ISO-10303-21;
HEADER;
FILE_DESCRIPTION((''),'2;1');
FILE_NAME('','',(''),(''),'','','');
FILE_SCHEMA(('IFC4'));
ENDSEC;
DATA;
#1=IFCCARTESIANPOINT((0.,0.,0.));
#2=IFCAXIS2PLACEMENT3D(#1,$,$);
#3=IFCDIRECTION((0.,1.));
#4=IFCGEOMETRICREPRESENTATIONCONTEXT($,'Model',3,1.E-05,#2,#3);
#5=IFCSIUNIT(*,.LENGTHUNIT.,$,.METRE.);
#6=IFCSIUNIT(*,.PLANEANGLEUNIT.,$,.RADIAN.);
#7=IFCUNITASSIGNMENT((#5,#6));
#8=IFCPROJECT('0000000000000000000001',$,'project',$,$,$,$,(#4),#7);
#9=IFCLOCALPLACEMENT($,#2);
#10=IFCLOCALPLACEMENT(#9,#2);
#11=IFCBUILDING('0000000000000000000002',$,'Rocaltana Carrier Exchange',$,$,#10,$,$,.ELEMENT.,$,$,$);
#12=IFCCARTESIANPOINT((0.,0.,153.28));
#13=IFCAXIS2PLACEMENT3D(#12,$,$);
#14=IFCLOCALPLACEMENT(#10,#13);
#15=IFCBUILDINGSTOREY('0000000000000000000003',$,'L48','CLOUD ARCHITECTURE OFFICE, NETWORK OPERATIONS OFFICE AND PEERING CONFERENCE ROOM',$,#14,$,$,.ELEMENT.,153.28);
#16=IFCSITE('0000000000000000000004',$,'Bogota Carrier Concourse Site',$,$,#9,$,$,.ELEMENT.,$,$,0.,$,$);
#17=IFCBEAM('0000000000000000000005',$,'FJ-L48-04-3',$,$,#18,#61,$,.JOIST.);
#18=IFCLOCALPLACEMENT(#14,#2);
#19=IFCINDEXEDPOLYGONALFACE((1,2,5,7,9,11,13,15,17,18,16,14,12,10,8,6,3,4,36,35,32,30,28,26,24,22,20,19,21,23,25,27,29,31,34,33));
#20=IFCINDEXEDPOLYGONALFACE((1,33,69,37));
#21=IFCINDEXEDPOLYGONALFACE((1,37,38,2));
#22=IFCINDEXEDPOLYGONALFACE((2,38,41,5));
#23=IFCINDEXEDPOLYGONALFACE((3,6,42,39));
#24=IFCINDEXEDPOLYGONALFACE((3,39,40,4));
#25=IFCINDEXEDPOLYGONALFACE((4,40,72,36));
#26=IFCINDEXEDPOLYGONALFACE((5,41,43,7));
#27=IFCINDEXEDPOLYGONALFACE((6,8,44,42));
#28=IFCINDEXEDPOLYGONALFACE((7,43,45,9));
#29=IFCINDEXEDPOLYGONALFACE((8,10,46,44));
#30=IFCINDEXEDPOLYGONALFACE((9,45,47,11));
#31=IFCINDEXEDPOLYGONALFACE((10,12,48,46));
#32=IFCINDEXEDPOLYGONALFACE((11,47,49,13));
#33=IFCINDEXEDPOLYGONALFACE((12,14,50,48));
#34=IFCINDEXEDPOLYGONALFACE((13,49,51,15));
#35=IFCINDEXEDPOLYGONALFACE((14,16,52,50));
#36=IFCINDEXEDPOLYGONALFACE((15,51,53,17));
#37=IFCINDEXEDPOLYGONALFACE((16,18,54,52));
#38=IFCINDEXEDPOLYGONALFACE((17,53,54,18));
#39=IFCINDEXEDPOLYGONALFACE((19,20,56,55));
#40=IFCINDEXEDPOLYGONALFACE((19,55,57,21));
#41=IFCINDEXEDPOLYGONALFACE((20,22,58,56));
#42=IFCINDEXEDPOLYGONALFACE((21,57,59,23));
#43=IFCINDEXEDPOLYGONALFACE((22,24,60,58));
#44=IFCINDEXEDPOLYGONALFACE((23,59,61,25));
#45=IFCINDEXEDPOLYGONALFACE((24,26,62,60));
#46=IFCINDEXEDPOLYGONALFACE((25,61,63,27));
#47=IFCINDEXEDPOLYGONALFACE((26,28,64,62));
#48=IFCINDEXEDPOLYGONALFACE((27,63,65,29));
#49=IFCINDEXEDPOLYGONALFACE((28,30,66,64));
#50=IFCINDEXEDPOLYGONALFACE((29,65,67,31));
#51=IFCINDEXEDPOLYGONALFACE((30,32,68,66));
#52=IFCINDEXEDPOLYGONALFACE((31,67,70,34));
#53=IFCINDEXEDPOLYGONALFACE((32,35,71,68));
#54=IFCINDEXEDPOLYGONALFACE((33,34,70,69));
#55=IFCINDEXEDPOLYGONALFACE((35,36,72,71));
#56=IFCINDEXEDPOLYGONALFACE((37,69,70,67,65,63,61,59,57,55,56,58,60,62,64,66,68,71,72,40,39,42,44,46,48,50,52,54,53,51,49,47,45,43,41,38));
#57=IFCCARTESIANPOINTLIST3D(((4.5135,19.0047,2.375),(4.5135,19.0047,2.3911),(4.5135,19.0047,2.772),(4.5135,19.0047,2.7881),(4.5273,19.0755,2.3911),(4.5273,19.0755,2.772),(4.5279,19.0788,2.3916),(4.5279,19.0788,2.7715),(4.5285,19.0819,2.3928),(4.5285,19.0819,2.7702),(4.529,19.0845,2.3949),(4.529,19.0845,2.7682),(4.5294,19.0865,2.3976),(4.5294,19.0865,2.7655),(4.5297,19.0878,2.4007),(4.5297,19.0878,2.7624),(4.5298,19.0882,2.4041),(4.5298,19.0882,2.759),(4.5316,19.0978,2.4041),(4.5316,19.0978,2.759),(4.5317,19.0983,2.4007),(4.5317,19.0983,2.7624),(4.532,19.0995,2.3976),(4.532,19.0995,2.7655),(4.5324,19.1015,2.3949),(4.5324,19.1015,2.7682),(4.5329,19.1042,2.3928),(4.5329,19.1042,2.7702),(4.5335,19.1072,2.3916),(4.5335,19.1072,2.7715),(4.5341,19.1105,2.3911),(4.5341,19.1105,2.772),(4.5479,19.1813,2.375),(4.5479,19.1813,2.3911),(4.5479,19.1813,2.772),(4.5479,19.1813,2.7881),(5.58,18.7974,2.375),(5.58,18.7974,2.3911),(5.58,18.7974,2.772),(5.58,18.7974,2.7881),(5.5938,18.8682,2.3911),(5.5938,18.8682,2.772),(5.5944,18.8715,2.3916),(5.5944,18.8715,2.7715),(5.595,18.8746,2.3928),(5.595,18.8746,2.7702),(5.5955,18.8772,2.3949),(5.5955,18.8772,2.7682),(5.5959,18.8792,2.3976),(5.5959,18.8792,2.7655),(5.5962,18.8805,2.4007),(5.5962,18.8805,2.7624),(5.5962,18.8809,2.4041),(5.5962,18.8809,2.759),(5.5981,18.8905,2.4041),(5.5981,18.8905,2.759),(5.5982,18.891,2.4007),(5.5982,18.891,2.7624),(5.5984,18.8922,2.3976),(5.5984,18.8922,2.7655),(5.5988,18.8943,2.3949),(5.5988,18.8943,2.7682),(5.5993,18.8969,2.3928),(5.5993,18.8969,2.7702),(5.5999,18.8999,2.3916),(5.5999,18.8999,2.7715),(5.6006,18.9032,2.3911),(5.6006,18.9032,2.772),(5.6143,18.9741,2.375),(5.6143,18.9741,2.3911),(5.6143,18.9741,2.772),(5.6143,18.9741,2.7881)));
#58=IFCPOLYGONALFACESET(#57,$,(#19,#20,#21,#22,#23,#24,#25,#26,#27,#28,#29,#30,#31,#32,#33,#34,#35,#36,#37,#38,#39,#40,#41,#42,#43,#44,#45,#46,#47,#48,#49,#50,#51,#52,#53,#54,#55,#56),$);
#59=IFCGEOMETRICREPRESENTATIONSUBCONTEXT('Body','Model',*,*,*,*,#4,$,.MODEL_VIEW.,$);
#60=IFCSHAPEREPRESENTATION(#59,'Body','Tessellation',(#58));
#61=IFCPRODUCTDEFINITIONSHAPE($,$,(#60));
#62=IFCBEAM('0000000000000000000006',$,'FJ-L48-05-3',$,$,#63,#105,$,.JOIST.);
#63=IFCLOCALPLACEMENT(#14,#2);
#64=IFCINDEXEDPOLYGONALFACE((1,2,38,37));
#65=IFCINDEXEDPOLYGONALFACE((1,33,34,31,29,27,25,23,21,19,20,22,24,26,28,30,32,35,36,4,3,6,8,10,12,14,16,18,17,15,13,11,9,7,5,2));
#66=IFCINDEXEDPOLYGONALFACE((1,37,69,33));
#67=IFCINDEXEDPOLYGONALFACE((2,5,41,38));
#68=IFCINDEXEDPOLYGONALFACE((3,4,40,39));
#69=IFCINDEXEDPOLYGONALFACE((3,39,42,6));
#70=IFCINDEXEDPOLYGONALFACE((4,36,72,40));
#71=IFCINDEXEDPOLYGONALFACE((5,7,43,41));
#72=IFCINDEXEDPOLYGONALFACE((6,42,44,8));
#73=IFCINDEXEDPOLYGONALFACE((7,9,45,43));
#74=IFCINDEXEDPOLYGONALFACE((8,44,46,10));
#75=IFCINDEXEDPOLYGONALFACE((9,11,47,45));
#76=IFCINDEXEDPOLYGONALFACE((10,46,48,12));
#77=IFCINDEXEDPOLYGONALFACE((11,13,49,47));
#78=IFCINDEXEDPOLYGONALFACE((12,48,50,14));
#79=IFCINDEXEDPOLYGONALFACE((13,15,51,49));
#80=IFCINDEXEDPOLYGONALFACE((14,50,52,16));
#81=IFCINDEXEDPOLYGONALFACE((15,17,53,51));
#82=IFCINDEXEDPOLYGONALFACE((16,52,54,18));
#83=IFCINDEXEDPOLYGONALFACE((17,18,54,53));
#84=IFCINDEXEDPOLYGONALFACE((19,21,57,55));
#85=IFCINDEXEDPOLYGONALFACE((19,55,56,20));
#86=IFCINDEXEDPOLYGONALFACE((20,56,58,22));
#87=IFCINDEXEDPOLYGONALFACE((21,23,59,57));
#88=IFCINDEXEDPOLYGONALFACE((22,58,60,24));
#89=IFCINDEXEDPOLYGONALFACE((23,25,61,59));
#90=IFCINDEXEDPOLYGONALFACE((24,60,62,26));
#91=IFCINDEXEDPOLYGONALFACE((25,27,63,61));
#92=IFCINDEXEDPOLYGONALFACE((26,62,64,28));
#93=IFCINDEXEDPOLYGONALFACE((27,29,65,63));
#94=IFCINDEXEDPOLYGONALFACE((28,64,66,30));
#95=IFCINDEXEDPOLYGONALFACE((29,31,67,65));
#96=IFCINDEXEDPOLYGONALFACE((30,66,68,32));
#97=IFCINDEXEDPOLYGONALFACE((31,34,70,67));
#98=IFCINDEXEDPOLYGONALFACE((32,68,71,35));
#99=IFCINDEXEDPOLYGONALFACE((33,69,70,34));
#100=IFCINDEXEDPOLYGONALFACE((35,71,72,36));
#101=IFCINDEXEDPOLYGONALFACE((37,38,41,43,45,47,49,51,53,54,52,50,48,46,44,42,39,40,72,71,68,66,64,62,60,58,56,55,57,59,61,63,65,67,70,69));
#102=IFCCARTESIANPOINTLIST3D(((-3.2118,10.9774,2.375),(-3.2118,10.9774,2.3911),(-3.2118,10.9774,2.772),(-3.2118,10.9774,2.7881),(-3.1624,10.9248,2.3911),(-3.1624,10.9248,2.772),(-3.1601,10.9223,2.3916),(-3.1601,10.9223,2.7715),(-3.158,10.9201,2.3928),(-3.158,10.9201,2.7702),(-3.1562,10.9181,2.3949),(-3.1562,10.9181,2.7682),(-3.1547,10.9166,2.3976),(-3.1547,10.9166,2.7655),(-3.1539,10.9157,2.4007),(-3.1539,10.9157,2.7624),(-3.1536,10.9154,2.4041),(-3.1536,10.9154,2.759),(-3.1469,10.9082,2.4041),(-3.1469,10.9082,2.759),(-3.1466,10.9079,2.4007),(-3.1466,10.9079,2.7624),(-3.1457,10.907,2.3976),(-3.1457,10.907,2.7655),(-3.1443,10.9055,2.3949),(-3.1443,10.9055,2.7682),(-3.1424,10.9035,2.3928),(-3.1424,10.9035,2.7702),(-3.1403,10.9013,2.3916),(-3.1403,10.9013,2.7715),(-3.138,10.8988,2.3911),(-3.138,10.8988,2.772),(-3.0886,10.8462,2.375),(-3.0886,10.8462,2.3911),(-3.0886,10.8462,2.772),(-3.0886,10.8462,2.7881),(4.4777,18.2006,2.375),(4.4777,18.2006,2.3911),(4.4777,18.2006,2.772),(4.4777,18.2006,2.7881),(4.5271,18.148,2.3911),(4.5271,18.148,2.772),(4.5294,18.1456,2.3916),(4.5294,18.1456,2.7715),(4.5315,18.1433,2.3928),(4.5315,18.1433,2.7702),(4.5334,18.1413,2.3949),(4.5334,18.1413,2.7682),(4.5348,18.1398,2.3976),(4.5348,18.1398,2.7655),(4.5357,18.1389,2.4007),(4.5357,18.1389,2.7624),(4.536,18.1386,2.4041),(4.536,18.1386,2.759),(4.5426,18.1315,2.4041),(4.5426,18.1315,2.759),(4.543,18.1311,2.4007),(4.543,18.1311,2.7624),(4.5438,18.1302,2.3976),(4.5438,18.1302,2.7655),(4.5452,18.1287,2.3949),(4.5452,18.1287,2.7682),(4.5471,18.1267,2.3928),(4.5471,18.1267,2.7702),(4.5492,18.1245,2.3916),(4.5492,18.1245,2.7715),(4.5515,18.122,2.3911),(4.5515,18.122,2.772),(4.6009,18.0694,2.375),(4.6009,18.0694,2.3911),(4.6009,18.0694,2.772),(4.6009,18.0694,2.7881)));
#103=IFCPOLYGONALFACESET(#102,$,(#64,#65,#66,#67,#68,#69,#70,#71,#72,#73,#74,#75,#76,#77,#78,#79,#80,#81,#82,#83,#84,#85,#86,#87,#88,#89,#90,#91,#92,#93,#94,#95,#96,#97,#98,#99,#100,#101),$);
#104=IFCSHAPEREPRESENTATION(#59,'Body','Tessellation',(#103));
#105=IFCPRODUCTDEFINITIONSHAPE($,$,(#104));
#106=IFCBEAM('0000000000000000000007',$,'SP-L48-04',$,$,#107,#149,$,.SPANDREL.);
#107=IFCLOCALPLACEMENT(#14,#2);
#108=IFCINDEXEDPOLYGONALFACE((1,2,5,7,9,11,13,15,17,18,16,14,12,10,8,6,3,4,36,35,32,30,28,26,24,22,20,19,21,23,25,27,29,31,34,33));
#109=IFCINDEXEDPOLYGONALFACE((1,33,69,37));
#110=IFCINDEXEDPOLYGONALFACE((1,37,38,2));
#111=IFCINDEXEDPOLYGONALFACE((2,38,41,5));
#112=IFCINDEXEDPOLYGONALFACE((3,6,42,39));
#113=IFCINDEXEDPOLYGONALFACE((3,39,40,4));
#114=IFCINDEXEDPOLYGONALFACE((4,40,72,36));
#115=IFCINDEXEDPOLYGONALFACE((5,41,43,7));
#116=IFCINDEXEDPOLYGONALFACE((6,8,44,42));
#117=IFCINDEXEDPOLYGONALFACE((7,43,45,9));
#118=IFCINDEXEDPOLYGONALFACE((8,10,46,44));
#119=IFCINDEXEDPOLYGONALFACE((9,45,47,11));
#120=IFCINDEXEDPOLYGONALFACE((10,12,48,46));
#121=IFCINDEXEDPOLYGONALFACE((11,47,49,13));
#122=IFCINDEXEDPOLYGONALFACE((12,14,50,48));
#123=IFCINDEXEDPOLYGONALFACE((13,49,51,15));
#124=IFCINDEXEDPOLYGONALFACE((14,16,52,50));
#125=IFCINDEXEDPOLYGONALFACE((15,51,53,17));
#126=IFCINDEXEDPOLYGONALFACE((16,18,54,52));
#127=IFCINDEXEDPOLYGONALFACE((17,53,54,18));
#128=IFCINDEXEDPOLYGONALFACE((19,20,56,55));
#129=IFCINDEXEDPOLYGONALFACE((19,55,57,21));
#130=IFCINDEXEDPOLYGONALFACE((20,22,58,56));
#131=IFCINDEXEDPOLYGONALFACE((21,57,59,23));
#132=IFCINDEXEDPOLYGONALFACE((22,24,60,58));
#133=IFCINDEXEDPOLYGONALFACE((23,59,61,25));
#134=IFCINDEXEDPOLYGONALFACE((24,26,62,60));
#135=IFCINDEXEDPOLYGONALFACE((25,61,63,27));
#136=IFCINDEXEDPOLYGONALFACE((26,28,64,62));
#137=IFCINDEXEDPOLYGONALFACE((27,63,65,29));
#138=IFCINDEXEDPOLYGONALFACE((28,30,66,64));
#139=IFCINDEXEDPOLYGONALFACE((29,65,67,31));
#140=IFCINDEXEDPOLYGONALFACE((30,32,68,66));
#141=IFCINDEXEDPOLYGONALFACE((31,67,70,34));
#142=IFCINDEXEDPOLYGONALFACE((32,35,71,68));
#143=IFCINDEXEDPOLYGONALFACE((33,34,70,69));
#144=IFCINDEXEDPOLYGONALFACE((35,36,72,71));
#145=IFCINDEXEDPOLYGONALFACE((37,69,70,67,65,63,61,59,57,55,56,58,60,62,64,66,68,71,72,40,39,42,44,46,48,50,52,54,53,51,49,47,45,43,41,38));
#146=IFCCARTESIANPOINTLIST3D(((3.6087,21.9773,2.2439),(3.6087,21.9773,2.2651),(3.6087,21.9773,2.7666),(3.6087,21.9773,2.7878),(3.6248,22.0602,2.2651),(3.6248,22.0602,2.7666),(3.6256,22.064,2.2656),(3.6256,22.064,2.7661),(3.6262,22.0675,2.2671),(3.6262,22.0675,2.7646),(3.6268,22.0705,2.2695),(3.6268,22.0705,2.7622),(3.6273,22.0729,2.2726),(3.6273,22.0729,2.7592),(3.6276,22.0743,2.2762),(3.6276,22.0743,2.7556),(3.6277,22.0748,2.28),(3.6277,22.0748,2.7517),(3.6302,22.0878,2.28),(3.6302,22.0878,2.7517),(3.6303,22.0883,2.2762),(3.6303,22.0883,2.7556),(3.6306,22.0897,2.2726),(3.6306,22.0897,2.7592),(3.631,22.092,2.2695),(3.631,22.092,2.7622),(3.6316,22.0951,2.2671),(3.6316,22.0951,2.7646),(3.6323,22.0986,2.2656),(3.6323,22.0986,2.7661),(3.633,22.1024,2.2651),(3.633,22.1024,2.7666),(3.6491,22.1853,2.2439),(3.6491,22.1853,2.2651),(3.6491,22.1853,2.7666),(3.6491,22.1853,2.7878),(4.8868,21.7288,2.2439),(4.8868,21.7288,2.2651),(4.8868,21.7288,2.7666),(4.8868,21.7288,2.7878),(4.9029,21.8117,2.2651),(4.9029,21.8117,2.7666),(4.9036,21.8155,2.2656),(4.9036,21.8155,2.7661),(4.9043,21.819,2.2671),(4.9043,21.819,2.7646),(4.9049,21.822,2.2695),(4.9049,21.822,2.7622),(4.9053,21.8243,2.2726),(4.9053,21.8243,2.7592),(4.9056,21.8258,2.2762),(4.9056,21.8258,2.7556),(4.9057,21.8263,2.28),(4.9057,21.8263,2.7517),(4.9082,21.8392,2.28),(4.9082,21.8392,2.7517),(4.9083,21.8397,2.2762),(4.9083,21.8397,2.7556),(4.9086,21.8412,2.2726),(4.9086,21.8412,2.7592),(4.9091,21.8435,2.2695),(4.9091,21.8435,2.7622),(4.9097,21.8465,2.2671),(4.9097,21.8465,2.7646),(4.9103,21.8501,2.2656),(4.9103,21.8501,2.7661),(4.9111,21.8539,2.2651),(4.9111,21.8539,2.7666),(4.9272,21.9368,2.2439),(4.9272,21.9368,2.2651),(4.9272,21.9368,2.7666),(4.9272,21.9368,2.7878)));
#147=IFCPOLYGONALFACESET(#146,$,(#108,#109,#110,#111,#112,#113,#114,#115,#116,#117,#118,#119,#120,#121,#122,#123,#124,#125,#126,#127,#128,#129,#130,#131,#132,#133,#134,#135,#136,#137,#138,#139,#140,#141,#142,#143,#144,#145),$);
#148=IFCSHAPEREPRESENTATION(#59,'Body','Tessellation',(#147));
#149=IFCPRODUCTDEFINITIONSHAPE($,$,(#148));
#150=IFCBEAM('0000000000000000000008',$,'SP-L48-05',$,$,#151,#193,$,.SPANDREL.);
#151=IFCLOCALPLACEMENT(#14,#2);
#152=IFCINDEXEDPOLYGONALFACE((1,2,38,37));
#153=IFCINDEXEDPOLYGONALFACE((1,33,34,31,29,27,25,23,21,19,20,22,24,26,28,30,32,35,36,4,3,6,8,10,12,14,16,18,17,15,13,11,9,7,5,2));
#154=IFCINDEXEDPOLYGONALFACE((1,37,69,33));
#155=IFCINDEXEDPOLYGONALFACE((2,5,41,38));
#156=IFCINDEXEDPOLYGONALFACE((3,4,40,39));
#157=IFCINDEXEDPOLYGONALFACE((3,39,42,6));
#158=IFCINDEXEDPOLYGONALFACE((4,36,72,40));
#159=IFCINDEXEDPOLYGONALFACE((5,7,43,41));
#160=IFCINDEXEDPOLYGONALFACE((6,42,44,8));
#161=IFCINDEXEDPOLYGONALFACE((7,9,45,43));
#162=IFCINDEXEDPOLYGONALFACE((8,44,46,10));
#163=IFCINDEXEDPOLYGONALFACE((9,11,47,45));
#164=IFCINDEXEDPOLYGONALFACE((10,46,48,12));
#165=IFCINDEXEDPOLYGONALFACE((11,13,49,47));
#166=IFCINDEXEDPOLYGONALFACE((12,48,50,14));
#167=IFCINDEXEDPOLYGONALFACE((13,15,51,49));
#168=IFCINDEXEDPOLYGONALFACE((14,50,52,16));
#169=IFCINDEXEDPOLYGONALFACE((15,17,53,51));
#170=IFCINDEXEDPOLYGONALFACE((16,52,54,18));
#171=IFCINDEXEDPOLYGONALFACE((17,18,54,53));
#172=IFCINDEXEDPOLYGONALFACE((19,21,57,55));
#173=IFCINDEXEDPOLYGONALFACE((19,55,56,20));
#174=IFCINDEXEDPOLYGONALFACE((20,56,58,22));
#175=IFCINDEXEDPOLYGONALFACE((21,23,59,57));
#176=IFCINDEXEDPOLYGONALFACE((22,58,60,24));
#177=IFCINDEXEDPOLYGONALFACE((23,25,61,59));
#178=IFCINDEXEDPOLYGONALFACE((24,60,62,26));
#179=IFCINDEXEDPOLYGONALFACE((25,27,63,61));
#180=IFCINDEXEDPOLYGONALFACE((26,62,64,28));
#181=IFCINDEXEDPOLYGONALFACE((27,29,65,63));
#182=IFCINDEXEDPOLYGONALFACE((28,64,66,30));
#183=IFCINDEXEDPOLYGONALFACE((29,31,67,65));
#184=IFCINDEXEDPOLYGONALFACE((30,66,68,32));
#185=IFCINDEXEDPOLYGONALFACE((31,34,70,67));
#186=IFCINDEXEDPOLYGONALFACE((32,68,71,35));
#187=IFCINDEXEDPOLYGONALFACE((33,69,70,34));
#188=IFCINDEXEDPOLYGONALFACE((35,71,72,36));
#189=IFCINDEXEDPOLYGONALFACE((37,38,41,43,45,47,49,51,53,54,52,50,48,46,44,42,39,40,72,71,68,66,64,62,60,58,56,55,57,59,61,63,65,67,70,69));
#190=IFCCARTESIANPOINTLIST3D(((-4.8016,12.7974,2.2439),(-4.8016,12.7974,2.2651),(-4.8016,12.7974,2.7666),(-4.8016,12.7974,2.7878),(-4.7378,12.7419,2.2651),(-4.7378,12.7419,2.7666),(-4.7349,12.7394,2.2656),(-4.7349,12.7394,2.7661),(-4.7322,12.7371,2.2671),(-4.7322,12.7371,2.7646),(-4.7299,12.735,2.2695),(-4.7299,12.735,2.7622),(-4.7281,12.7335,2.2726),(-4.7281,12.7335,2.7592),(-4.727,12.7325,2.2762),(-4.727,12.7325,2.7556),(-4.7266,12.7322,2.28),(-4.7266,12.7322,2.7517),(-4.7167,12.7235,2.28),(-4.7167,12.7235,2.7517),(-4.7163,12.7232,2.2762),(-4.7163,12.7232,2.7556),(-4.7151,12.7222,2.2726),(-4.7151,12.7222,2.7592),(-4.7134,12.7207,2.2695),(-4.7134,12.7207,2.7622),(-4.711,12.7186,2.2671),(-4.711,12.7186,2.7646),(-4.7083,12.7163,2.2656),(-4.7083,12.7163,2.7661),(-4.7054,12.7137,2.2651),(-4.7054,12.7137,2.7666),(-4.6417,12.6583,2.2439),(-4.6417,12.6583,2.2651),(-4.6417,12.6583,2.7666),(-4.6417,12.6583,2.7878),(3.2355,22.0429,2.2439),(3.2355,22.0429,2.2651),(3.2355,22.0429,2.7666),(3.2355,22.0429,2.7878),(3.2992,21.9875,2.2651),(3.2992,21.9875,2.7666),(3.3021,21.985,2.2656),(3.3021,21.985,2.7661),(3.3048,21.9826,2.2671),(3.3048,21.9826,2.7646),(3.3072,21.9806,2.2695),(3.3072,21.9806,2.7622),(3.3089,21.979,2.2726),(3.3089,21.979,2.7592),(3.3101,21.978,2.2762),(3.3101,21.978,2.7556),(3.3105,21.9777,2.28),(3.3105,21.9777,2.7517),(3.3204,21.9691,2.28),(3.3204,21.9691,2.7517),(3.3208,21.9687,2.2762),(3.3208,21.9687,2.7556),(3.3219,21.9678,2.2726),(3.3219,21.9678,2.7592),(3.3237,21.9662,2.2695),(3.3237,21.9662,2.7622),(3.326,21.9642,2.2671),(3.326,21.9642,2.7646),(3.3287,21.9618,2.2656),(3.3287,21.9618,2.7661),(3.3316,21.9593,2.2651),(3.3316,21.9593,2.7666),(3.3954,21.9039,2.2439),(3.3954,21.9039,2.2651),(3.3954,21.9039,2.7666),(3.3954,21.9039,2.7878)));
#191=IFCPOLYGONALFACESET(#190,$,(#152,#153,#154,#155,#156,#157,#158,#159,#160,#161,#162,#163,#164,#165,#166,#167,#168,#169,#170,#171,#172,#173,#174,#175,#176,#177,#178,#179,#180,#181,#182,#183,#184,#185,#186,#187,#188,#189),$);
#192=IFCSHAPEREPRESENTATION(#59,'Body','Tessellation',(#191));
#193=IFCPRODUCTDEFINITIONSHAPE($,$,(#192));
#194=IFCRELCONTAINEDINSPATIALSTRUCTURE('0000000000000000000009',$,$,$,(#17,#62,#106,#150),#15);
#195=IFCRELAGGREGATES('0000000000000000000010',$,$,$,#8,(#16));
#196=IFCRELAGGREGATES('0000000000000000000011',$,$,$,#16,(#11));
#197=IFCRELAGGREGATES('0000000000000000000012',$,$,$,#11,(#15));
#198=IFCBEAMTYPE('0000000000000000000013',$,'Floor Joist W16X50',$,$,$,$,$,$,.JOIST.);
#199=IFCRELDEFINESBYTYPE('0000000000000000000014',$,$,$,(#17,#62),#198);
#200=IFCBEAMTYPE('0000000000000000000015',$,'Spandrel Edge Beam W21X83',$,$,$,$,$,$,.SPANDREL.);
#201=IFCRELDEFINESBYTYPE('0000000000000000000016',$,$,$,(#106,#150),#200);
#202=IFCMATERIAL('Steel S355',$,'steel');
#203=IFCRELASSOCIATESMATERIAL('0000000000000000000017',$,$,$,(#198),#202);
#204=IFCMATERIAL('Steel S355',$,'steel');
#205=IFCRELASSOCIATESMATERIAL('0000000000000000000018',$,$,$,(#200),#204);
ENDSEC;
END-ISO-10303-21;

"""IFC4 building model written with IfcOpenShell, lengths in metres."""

from ifc_helpers import new_model, si_unit, direction, frame, origin, origin_2d, place, context, subcontext, project, spatial, i_section, extrude, material, material_profile, profile_set, type_object, element, save


model = new_model("IFC4")

# Units and contexts
model_context = context("Model", 3, precision=1e-05, world=origin(), true_north=direction((0.0, 1.0)))
body_context = subcontext(model_context, "Body", "Model", "MODEL_VIEW")
ifc_project = project(units=[si_unit("LENGTHUNIT", "METRE"), si_unit("PLANEANGLEUNIT", "RADIAN")], contexts=[model_context])

# Site, building, storey
site_placement = place(None, origin())
site = spatial("IfcSite", under=ifc_project, at=site_placement, Name="Bogota Carrier Concourse Site", CompositionType="ELEMENT", RefElevation=0.0)
building_placement = place(site_placement, origin())
building = spatial("IfcBuilding", under=site, at=building_placement, Name="Rocaltana Carrier Exchange", CompositionType="ELEMENT")
storey_placement = place(building_placement, frame((0.0, 0.0, 153.28)))
storey = spatial("IfcBuildingStorey", under=building, at=storey_placement, Name="L48", Description="CLOUD ARCHITECTURE OFFICE, NETWORK OPERATIONS OFFICE AND PEERING CONFERENCE ROOM", CompositionType="ELEMENT", Elevation=153.28)

# Beams
ifc_material_1 = material(Name="Steel S355", Category="steel")
ifc_material_profile_1 = material_profile(ifc_material_1, i_section(OverallWidth=0.1799, OverallDepth=0.4131, WebThickness=0.0098, FlangeThickness=0.0161, FilletRadius=0.0129, at=origin_2d()), Name="W16X50")
ifc_profile_set_1 = profile_set([ifc_material_profile_1], Name="Steel S355")
beam_type_1 = type_object("IfcBeamType", Name="Floor Joist W16X50", PredefinedType="JOIST", material=ifc_profile_set_1)
beam_1_placement = place(storey_placement, frame((5.5972, 18.8857, 2.5815), z_axis=(-0.981629, 0.190797, 0.0), x_axis=(-0.190797, -0.981629, 0.0)))
element("IfcBeam", 1, at=beam_1_placement, inside=storey, type_object=beam_type_1, Name="FJ-L48-04-3", PredefinedType="JOIST", context=body_context, shape_type="SweptSolid", body=[
    extrude(i_section(OverallWidth=0.1799, OverallDepth=0.4131, WebThickness=0.0098, FlangeThickness=0.0161, FilletRadius=0.0129, at=origin_2d()), origin(), (0.0, 0.0, 1.0), 1.0864),
])
beam_2_placement = place(storey_placement, frame((4.5393, 18.135, 2.5815), z_axis=(-0.728861, -0.684661, 0.0), x_axis=(0.684661, -0.728861, 0.0)))
element("IfcBeam", 2, at=beam_2_placement, inside=storey, type_object=beam_type_1, Name="FJ-L48-05-3", PredefinedType="JOIST", context=body_context, shape_type="SweptSolid", body=[
    extrude(i_section(OverallWidth=0.1799, OverallDepth=0.4131, WebThickness=0.0098, FlangeThickness=0.0161, FilletRadius=0.0129, at=origin_2d()), origin(), (0.0, 0.0, 1.0), 10.55),
])
ifc_material_2 = material(Name="Steel S355", Category="steel")
ifc_material_profile_2 = material_profile(ifc_material_2, i_section(OverallWidth=0.2119, OverallDepth=0.5439, WebThickness=0.0132, FlangeThickness=0.0212, FilletRadius=0.0149, at=origin_2d()), Name="W21X83")
ifc_profile_set_2 = profile_set([ifc_material_profile_2], Name="Steel S355")
beam_type_2 = type_object("IfcBeamType", Name="Spandrel Edge Beam W21X83", PredefinedType="SPANDREL", material=ifc_profile_set_2)
beam_3_placement = place(storey_placement, frame((4.907, 21.8328, 2.5159), z_axis=(-0.981612, 0.190885, 0.0), x_axis=(-0.190885, -0.981612, 0.0)))
element("IfcBeam", 3, at=beam_3_placement, inside=storey, type_object=beam_type_2, Name="SP-L48-04", PredefinedType="SPANDREL", context=body_context, shape_type="SweptSolid", body=[
    extrude(i_section(OverallWidth=0.2119, OverallDepth=0.5439, WebThickness=0.0132, FlangeThickness=0.0212, FilletRadius=0.0149, at=origin_2d()), origin(), (0.0, 0.0, 1.0), 1.302),
])
beam_4_placement = place(storey_placement, frame((3.3154, 21.9734, 2.5159), z_axis=(-0.65606, -0.754708, 0.0), x_axis=(0.754708, -0.65606, 0.0)))
element("IfcBeam", 4, at=beam_4_placement, inside=storey, type_object=beam_type_2, Name="SP-L48-05", PredefinedType="SPANDREL", context=body_context, shape_type="SweptSolid", body=[
    extrude(i_section(OverallWidth=0.2119, OverallDepth=0.5439, WebThickness=0.0132, FlangeThickness=0.0212, FilletRadius=0.0149, at=origin_2d()), origin(), (0.0, 0.0, 1.0), 12.2505),
])

save(model, "model.ifc")
